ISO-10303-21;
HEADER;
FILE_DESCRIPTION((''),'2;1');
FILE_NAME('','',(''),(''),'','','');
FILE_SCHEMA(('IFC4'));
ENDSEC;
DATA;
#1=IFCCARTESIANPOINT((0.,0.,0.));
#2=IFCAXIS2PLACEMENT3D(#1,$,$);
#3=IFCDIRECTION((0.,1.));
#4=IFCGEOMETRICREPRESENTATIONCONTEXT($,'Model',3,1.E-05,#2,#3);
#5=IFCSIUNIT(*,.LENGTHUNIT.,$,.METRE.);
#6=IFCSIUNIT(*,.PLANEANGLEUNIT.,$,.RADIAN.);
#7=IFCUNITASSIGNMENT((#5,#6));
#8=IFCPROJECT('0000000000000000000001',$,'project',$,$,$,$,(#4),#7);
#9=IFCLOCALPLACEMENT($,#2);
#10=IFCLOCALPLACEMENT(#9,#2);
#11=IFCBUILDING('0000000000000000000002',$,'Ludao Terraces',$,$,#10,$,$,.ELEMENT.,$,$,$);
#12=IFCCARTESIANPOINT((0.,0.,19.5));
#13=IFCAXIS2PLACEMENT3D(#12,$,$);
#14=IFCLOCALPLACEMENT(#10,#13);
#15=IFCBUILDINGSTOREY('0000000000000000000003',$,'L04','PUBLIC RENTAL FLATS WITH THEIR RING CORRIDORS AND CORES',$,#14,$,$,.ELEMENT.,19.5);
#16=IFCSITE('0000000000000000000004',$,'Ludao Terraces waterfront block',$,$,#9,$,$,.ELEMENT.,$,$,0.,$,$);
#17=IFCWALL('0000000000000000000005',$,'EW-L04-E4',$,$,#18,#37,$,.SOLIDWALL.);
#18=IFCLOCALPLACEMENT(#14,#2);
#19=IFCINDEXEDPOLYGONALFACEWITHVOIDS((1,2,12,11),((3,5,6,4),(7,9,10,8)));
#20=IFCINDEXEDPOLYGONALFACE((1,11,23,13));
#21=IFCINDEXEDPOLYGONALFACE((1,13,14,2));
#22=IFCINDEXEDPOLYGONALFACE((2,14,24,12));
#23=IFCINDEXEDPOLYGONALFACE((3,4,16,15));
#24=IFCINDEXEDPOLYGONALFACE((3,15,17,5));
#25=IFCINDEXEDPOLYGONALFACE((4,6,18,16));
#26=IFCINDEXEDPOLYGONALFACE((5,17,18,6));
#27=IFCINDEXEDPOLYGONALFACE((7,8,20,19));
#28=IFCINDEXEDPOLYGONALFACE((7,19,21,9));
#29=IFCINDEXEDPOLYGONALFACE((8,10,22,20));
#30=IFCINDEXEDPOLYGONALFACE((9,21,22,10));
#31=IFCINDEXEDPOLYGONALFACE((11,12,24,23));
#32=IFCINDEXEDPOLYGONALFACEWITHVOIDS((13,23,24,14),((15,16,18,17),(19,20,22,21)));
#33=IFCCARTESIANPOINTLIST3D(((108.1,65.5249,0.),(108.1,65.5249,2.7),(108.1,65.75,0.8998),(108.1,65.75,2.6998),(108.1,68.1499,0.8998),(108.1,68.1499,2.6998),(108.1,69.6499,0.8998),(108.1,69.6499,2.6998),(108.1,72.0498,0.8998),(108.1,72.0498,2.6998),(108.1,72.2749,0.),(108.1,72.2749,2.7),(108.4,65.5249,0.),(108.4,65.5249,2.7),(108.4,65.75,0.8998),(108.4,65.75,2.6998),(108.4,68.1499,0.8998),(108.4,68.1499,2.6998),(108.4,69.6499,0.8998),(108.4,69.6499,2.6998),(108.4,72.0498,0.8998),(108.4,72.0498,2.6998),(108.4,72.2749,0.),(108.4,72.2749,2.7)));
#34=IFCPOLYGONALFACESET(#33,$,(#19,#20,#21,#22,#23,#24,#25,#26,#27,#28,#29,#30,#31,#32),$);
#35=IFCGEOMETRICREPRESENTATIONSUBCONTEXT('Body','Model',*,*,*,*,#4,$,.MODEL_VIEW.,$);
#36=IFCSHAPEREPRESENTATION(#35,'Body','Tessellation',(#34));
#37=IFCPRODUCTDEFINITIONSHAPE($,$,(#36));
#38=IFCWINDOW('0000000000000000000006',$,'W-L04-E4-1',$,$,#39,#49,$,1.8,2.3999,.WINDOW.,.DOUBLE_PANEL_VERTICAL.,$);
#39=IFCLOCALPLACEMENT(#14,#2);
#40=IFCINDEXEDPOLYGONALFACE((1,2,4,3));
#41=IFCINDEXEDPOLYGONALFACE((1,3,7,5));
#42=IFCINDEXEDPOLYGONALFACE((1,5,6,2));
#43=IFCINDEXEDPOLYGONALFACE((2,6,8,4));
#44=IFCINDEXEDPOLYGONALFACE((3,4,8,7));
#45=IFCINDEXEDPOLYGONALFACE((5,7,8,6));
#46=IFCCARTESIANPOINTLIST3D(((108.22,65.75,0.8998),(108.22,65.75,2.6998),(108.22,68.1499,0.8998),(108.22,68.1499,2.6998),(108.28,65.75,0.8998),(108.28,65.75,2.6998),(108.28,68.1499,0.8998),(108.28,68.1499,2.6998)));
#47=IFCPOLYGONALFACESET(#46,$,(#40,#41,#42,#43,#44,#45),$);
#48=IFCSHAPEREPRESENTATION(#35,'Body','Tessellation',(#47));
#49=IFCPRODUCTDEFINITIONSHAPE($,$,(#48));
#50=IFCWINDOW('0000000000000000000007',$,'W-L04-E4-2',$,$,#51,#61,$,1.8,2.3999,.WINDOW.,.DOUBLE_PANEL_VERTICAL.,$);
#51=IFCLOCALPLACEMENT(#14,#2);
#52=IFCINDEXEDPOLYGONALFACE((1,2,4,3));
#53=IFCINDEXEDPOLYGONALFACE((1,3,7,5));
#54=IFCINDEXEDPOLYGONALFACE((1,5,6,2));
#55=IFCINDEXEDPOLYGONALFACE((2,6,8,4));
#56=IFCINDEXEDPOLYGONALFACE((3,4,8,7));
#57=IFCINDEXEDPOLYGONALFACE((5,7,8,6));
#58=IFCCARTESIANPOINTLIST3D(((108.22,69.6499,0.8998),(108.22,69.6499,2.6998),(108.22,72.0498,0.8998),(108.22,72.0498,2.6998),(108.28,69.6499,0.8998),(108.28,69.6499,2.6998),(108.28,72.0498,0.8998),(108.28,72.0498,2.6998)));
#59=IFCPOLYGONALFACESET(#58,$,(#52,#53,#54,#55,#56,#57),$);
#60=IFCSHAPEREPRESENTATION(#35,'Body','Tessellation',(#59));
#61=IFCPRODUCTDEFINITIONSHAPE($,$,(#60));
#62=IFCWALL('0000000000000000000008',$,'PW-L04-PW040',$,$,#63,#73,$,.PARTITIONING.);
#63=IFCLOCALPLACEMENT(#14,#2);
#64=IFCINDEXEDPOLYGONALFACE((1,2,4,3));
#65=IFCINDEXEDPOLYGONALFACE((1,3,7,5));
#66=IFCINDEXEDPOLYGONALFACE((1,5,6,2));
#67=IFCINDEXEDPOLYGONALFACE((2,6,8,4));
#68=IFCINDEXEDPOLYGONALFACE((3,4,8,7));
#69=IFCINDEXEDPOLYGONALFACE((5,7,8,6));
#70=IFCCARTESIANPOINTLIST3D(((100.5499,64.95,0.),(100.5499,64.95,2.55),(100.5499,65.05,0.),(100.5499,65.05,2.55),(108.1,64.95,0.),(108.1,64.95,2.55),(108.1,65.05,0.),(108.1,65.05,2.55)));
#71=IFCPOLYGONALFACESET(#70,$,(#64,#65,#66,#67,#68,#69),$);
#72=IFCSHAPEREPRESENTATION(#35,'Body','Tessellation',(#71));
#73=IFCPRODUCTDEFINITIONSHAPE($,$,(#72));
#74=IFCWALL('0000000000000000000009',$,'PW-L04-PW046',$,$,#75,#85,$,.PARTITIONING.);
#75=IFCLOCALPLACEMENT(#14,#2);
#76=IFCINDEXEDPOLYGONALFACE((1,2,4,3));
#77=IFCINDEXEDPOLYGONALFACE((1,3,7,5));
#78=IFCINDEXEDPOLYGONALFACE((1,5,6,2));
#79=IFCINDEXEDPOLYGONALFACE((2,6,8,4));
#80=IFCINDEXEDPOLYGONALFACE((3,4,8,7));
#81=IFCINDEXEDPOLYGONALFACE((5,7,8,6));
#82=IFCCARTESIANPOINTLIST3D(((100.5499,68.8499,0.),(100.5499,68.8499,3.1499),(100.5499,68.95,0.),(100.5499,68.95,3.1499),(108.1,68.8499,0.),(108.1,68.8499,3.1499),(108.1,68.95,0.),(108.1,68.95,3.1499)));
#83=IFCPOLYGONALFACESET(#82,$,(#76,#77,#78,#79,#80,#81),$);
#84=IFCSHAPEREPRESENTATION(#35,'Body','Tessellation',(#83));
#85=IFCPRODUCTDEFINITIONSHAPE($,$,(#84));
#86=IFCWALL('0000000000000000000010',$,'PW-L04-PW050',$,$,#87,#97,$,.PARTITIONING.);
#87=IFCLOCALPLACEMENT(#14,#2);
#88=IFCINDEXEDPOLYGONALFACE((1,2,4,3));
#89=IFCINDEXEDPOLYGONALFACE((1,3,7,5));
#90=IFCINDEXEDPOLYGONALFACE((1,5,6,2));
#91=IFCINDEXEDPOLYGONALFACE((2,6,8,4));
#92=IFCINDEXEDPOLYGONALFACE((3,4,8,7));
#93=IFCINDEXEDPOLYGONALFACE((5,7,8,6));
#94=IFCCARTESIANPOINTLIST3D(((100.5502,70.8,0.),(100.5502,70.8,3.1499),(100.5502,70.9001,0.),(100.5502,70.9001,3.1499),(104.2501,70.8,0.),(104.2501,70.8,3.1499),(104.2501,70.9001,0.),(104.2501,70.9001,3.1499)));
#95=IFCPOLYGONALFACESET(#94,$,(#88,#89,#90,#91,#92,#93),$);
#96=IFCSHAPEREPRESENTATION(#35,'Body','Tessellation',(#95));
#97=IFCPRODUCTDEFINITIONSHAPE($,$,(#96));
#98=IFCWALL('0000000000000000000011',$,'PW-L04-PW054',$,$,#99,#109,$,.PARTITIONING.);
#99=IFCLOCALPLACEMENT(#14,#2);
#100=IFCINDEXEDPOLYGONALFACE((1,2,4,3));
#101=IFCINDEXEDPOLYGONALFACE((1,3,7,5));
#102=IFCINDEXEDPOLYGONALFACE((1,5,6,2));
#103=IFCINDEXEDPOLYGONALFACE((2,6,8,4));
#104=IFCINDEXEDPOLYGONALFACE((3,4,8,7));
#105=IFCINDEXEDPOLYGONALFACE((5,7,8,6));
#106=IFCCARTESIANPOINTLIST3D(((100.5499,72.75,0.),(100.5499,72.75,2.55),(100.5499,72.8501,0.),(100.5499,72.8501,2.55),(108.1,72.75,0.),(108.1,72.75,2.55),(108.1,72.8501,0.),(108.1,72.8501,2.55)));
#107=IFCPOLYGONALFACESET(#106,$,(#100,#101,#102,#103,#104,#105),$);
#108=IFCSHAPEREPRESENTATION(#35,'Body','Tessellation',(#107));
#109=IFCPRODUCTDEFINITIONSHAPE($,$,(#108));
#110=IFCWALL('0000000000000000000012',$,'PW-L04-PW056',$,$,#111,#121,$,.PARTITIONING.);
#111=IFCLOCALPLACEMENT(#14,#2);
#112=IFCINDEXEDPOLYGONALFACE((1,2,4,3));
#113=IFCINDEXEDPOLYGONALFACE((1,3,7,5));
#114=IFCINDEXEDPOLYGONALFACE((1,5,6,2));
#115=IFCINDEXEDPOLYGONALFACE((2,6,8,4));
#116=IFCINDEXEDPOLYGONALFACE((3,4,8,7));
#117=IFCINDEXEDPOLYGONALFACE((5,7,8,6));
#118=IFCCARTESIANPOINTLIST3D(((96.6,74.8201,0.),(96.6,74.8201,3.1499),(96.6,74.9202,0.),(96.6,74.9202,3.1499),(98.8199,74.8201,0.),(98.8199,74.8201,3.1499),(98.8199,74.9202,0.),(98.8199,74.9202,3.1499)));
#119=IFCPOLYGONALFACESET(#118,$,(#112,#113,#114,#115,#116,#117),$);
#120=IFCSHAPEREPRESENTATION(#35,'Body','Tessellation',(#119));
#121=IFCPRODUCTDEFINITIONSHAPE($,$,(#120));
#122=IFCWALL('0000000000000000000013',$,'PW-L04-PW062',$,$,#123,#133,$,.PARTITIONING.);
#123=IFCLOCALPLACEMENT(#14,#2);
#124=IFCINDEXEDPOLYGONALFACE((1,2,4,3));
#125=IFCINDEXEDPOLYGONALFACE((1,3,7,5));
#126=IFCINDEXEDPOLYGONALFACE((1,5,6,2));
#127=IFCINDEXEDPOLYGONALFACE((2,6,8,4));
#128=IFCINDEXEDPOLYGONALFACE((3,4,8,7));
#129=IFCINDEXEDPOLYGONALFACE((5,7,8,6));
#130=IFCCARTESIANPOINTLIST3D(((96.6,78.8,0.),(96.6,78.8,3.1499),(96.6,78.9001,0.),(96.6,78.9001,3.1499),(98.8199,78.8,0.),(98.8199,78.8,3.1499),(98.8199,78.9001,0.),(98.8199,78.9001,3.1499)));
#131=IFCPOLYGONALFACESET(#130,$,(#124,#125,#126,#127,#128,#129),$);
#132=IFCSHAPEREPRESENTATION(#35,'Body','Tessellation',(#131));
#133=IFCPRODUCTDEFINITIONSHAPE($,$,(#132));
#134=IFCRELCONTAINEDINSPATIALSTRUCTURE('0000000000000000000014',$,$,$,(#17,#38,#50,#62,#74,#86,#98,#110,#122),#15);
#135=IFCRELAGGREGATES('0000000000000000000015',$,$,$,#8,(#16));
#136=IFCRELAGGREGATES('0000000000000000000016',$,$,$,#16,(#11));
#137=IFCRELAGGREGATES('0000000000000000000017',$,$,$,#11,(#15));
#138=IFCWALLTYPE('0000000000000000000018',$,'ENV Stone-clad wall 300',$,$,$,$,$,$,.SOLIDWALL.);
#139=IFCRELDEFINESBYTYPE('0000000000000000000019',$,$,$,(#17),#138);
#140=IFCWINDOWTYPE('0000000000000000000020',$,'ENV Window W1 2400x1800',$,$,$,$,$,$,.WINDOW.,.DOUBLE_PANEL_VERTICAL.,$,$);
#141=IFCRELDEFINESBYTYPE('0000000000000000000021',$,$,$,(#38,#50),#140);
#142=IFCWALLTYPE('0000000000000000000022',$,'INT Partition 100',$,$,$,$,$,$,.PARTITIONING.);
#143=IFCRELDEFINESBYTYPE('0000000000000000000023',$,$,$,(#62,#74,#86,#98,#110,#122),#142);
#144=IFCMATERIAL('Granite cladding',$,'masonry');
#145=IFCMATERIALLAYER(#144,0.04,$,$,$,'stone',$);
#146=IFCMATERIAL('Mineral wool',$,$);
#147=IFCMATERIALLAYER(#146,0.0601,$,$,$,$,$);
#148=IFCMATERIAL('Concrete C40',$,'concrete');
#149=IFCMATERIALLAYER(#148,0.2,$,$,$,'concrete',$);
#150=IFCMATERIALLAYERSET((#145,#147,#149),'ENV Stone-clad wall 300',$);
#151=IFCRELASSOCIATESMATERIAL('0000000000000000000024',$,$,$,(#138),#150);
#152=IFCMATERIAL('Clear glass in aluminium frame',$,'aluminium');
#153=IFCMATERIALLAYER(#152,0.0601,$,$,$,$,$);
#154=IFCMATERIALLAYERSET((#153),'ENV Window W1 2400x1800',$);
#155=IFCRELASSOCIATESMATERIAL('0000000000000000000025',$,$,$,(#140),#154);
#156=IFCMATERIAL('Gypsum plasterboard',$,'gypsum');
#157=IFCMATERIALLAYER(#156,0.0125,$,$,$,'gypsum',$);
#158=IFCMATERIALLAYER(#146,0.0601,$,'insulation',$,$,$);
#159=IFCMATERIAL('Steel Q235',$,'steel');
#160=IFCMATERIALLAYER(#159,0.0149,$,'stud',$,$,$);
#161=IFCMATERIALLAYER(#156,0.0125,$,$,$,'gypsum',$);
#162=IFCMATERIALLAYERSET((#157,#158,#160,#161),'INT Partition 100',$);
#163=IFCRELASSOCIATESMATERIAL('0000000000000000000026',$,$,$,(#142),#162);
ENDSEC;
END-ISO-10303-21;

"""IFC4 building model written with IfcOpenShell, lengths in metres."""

from ifc_helpers import new_model, si_unit, direction, frame, frame_2d, origin, place, context, subcontext, project, spatial, rectangle, extrude, material, layer, layer_set, type_object, element, fill, save


model = new_model("IFC4")

# Units and contexts
model_context = context("Model", 3, precision=1e-05, world=origin(), true_north=direction((0.0, 1.0)))
body_context = subcontext(model_context, "Body", "Model", "MODEL_VIEW")
ifc_project = project(units=[si_unit("LENGTHUNIT", "METRE"), si_unit("PLANEANGLEUNIT", "RADIAN")], contexts=[model_context])

# Site, building, storey
site_placement = place(None, origin())
site = spatial("IfcSite", under=ifc_project, at=site_placement, Name="Ludao Terraces waterfront block", CompositionType="ELEMENT", RefElevation=0.0)
building_placement = place(site_placement, origin())
building = spatial("IfcBuilding", under=site, at=building_placement, Name="Ludao Terraces", CompositionType="ELEMENT")
storey_placement = place(building_placement, frame((0.0, 0.0, 19.5)))
storey = spatial("IfcBuildingStorey", under=building, at=storey_placement, Name="L04", Description="PUBLIC RENTAL FLATS WITH THEIR RING CORRIDORS AND CORES", CompositionType="ELEMENT", Elevation=19.5)

# Shared definitions
ifc_material_1 = material(Name="Concrete C40", Category="concrete")

# Wall, openings, windows
ifc_material_2 = material(Name="Granite cladding", Category="masonry")
ifc_layer_1 = layer(ifc_material_2, 0.04, Category="stone")
ifc_material_3 = material(Name="Mineral wool")
ifc_layer_2 = layer(ifc_material_3, 0.0601)
ifc_layer_3 = layer(ifc_material_1, 0.2, Category="concrete")
ifc_layer_set_1 = layer_set([ifc_layer_1, ifc_layer_2, ifc_layer_3], Name="ENV Stone-clad wall 300")
wall_type_1 = type_object("IfcWallType", Name="ENV Stone-clad wall 300", PredefinedType="SOLIDWALL", material=ifc_layer_set_1)
wall_1_placement = place(storey_placement, frame((108.25, 65.5249, 0.0), z_axis=(0.0, 0.0, 1.0), x_axis=(0.0, 1.0, 0.0)))
wall_1 = element("IfcWall", 1, at=wall_1_placement, inside=storey, type_object=wall_type_1, Name="EW-L04-E4", PredefinedType="SOLIDWALL", context=body_context, shape_type="SweptSolid", body=[
    extrude(rectangle(XDim=6.75, YDim=0.3, at=frame_2d((3.375, 0.0))), origin(), (0.0, 0.0, 1.0), 2.7),
])
opening_1_placement = place(wall_1_placement, frame((0.2251, 0.0, 0.8999)))
opening_1 = element("IfcOpeningElement", 2, at=opening_1_placement, cuts=wall_1, PredefinedType="OPENING", context=body_context, shape_type="SweptSolid", body=[
    extrude(rectangle(XDim=2.3999, YDim=1.8, at=frame_2d((1.2, 0.8999))), frame((0.0, 0.1602, 0.0), z_axis=(0.0, -1.0, 0.0), x_axis=(1.0, 0.0, 0.0)), (0.0, 0.0, 1.0), 0.3201),
])
opening_2_placement = place(wall_1_placement, frame((4.125, 0.0, 0.8999)))
opening_2 = element("IfcOpeningElement", 3, at=opening_2_placement, cuts=wall_1, PredefinedType="OPENING", context=body_context, shape_type="SweptSolid", body=[
    extrude(rectangle(XDim=2.3999, YDim=1.8, at=frame_2d((1.2, 0.8999))), frame((0.0, 0.1602, 0.0), z_axis=(0.0, -1.0, 0.0), x_axis=(1.0, 0.0, 0.0)), (0.0, 0.0, 1.0), 0.3201),
])
ifc_material_4 = material(Name="Clear glass in aluminium frame", Category="aluminium")
ifc_layer_4 = layer(ifc_material_4, 0.0601)
ifc_layer_set_2 = layer_set([ifc_layer_4], Name="ENV Window W1 2400x1800")
window_type = type_object("IfcWindowType", Name="ENV Window W1 2400x1800", PartitioningType="DOUBLE_PANEL_VERTICAL", PredefinedType="WINDOW", material=ifc_layer_set_2)
window_1_placement = place(opening_1_placement, origin())
window_1 = element("IfcWindow", 4, at=window_1_placement, inside=storey, type_object=window_type, Name="W-L04-E4-1", OverallHeight=1.8, OverallWidth=2.3999, PartitioningType="DOUBLE_PANEL_VERTICAL", PredefinedType="WINDOW", context=body_context, shape_type="SweptSolid", body=[
    extrude(rectangle(XDim=2.3999, YDim=1.8, at=frame_2d((1.2, 0.8999))), frame((0.0, 0.03, 0.0), z_axis=(0.0, -1.0, 0.0), x_axis=(1.0, 0.0, 0.0)), (0.0, 0.0, 1.0), 0.0601),
])
fill(opening_1, window_1)
window_2_placement = place(opening_2_placement, origin())
window_2 = element("IfcWindow", 5, at=window_2_placement, inside=storey, type_object=window_type, Name="W-L04-E4-2", OverallHeight=1.8, OverallWidth=2.3999, PartitioningType="DOUBLE_PANEL_VERTICAL", PredefinedType="WINDOW", context=body_context, shape_type="SweptSolid", body=[
    extrude(rectangle(XDim=2.3999, YDim=1.8, at=frame_2d((1.2, 0.8999))), frame((0.0, 0.03, 0.0), z_axis=(0.0, -1.0, 0.0), x_axis=(1.0, 0.0, 0.0)), (0.0, 0.0, 1.0), 0.0601),
])
fill(opening_2, window_2)

# Walls
ifc_material_5 = material(Name="Gypsum plasterboard", Category="gypsum")
ifc_layer_5 = layer(ifc_material_5, 0.0125, Category="gypsum")
ifc_layer_6 = layer(ifc_material_3, 0.0601, Name="insulation")
ifc_material_6 = material(Name="Steel Q235", Category="steel")
ifc_layer_7 = layer(ifc_material_6, 0.0149, Name="stud")
ifc_layer_8 = layer(ifc_material_5, 0.0125, Category="gypsum")
ifc_layer_set_3 = layer_set([ifc_layer_5, ifc_layer_6, ifc_layer_7, ifc_layer_8], Name="INT Partition 100")
wall_type_2 = type_object("IfcWallType", Name="INT Partition 100", PredefinedType="PARTITIONING", material=ifc_layer_set_3)
wall_2_placement = place(storey_placement, frame((100.55, 65.0, 0.0), z_axis=(0.0, 0.0, 1.0), x_axis=(1.0, 0.0, 0.0)))
element("IfcWall", 6, at=wall_2_placement, inside=storey, type_object=wall_type_2, Name="PW-L04-PW040", PredefinedType="PARTITIONING", context=body_context, shape_type="SweptSolid", body=[
    extrude(rectangle(XDim=7.55, YDim=0.1001, at=frame_2d((3.7749, 0.0))), origin(), (0.0, 0.0, 1.0), 2.55),
])
wall_3_placement = place(storey_placement, frame((100.55, 68.8999, 0.0), z_axis=(0.0, 0.0, 1.0), x_axis=(1.0, 0.0, 0.0)))
element("IfcWall", 7, at=wall_3_placement, inside=storey, type_object=wall_type_2, Name="PW-L04-PW046", PredefinedType="PARTITIONING", context=body_context, shape_type="SweptSolid", body=[
    extrude(rectangle(XDim=7.55, YDim=0.1001, at=frame_2d((3.7749, 0.0))), origin(), (0.0, 0.0, 1.0), 3.1499),
])
wall_4_placement = place(storey_placement, frame((100.55, 70.8501, 0.0), z_axis=(0.0, 0.0, 1.0), x_axis=(1.0, 0.0, 0.0)))
element("IfcWall", 8, at=wall_4_placement, inside=storey, type_object=wall_type_2, Name="PW-L04-PW050", PredefinedType="PARTITIONING", context=body_context, shape_type="SweptSolid", body=[
    extrude(rectangle(XDim=3.7, YDim=0.1001, at=frame_2d((1.8501, 0.0))), origin(), (0.0, 0.0, 1.0), 3.1499),
])
wall_5_placement = place(storey_placement, frame((100.55, 72.8, 0.0), z_axis=(0.0, 0.0, 1.0), x_axis=(1.0, 0.0, 0.0)))
element("IfcWall", 9, at=wall_5_placement, inside=storey, type_object=wall_type_2, Name="PW-L04-PW054", PredefinedType="PARTITIONING", context=body_context, shape_type="SweptSolid", body=[
    extrude(rectangle(XDim=7.55, YDim=0.1001, at=frame_2d((3.7749, 0.0))), origin(), (0.0, 0.0, 1.0), 2.55),
])
for number, where, z_axis, x_axis, name in (
    (10, (96.6001, 74.8701, 0.0), (0.0, 0.0, 1.0), (1.0, 0.0, 0.0), "PW-L04-PW056"),
    (11, (96.6001, 78.8501, 0.0), (0.0, 0.0, 1.0), (1.0, 0.0, 0.0), "PW-L04-PW062"),
):
    element("IfcWall", number, at=place(storey_placement, frame(where, z_axis=z_axis, x_axis=x_axis)), inside=storey, type_object=wall_type_2, Name=name, PredefinedType="PARTITIONING", context=body_context, shape_type="SweptSolid", body=[
        extrude(rectangle(XDim=2.22, YDim=0.1001, at=frame_2d((1.1099, 0.0))), origin(), (0.0, 0.0, 1.0), 3.1499),
    ])

save(model, "model.ifc")
